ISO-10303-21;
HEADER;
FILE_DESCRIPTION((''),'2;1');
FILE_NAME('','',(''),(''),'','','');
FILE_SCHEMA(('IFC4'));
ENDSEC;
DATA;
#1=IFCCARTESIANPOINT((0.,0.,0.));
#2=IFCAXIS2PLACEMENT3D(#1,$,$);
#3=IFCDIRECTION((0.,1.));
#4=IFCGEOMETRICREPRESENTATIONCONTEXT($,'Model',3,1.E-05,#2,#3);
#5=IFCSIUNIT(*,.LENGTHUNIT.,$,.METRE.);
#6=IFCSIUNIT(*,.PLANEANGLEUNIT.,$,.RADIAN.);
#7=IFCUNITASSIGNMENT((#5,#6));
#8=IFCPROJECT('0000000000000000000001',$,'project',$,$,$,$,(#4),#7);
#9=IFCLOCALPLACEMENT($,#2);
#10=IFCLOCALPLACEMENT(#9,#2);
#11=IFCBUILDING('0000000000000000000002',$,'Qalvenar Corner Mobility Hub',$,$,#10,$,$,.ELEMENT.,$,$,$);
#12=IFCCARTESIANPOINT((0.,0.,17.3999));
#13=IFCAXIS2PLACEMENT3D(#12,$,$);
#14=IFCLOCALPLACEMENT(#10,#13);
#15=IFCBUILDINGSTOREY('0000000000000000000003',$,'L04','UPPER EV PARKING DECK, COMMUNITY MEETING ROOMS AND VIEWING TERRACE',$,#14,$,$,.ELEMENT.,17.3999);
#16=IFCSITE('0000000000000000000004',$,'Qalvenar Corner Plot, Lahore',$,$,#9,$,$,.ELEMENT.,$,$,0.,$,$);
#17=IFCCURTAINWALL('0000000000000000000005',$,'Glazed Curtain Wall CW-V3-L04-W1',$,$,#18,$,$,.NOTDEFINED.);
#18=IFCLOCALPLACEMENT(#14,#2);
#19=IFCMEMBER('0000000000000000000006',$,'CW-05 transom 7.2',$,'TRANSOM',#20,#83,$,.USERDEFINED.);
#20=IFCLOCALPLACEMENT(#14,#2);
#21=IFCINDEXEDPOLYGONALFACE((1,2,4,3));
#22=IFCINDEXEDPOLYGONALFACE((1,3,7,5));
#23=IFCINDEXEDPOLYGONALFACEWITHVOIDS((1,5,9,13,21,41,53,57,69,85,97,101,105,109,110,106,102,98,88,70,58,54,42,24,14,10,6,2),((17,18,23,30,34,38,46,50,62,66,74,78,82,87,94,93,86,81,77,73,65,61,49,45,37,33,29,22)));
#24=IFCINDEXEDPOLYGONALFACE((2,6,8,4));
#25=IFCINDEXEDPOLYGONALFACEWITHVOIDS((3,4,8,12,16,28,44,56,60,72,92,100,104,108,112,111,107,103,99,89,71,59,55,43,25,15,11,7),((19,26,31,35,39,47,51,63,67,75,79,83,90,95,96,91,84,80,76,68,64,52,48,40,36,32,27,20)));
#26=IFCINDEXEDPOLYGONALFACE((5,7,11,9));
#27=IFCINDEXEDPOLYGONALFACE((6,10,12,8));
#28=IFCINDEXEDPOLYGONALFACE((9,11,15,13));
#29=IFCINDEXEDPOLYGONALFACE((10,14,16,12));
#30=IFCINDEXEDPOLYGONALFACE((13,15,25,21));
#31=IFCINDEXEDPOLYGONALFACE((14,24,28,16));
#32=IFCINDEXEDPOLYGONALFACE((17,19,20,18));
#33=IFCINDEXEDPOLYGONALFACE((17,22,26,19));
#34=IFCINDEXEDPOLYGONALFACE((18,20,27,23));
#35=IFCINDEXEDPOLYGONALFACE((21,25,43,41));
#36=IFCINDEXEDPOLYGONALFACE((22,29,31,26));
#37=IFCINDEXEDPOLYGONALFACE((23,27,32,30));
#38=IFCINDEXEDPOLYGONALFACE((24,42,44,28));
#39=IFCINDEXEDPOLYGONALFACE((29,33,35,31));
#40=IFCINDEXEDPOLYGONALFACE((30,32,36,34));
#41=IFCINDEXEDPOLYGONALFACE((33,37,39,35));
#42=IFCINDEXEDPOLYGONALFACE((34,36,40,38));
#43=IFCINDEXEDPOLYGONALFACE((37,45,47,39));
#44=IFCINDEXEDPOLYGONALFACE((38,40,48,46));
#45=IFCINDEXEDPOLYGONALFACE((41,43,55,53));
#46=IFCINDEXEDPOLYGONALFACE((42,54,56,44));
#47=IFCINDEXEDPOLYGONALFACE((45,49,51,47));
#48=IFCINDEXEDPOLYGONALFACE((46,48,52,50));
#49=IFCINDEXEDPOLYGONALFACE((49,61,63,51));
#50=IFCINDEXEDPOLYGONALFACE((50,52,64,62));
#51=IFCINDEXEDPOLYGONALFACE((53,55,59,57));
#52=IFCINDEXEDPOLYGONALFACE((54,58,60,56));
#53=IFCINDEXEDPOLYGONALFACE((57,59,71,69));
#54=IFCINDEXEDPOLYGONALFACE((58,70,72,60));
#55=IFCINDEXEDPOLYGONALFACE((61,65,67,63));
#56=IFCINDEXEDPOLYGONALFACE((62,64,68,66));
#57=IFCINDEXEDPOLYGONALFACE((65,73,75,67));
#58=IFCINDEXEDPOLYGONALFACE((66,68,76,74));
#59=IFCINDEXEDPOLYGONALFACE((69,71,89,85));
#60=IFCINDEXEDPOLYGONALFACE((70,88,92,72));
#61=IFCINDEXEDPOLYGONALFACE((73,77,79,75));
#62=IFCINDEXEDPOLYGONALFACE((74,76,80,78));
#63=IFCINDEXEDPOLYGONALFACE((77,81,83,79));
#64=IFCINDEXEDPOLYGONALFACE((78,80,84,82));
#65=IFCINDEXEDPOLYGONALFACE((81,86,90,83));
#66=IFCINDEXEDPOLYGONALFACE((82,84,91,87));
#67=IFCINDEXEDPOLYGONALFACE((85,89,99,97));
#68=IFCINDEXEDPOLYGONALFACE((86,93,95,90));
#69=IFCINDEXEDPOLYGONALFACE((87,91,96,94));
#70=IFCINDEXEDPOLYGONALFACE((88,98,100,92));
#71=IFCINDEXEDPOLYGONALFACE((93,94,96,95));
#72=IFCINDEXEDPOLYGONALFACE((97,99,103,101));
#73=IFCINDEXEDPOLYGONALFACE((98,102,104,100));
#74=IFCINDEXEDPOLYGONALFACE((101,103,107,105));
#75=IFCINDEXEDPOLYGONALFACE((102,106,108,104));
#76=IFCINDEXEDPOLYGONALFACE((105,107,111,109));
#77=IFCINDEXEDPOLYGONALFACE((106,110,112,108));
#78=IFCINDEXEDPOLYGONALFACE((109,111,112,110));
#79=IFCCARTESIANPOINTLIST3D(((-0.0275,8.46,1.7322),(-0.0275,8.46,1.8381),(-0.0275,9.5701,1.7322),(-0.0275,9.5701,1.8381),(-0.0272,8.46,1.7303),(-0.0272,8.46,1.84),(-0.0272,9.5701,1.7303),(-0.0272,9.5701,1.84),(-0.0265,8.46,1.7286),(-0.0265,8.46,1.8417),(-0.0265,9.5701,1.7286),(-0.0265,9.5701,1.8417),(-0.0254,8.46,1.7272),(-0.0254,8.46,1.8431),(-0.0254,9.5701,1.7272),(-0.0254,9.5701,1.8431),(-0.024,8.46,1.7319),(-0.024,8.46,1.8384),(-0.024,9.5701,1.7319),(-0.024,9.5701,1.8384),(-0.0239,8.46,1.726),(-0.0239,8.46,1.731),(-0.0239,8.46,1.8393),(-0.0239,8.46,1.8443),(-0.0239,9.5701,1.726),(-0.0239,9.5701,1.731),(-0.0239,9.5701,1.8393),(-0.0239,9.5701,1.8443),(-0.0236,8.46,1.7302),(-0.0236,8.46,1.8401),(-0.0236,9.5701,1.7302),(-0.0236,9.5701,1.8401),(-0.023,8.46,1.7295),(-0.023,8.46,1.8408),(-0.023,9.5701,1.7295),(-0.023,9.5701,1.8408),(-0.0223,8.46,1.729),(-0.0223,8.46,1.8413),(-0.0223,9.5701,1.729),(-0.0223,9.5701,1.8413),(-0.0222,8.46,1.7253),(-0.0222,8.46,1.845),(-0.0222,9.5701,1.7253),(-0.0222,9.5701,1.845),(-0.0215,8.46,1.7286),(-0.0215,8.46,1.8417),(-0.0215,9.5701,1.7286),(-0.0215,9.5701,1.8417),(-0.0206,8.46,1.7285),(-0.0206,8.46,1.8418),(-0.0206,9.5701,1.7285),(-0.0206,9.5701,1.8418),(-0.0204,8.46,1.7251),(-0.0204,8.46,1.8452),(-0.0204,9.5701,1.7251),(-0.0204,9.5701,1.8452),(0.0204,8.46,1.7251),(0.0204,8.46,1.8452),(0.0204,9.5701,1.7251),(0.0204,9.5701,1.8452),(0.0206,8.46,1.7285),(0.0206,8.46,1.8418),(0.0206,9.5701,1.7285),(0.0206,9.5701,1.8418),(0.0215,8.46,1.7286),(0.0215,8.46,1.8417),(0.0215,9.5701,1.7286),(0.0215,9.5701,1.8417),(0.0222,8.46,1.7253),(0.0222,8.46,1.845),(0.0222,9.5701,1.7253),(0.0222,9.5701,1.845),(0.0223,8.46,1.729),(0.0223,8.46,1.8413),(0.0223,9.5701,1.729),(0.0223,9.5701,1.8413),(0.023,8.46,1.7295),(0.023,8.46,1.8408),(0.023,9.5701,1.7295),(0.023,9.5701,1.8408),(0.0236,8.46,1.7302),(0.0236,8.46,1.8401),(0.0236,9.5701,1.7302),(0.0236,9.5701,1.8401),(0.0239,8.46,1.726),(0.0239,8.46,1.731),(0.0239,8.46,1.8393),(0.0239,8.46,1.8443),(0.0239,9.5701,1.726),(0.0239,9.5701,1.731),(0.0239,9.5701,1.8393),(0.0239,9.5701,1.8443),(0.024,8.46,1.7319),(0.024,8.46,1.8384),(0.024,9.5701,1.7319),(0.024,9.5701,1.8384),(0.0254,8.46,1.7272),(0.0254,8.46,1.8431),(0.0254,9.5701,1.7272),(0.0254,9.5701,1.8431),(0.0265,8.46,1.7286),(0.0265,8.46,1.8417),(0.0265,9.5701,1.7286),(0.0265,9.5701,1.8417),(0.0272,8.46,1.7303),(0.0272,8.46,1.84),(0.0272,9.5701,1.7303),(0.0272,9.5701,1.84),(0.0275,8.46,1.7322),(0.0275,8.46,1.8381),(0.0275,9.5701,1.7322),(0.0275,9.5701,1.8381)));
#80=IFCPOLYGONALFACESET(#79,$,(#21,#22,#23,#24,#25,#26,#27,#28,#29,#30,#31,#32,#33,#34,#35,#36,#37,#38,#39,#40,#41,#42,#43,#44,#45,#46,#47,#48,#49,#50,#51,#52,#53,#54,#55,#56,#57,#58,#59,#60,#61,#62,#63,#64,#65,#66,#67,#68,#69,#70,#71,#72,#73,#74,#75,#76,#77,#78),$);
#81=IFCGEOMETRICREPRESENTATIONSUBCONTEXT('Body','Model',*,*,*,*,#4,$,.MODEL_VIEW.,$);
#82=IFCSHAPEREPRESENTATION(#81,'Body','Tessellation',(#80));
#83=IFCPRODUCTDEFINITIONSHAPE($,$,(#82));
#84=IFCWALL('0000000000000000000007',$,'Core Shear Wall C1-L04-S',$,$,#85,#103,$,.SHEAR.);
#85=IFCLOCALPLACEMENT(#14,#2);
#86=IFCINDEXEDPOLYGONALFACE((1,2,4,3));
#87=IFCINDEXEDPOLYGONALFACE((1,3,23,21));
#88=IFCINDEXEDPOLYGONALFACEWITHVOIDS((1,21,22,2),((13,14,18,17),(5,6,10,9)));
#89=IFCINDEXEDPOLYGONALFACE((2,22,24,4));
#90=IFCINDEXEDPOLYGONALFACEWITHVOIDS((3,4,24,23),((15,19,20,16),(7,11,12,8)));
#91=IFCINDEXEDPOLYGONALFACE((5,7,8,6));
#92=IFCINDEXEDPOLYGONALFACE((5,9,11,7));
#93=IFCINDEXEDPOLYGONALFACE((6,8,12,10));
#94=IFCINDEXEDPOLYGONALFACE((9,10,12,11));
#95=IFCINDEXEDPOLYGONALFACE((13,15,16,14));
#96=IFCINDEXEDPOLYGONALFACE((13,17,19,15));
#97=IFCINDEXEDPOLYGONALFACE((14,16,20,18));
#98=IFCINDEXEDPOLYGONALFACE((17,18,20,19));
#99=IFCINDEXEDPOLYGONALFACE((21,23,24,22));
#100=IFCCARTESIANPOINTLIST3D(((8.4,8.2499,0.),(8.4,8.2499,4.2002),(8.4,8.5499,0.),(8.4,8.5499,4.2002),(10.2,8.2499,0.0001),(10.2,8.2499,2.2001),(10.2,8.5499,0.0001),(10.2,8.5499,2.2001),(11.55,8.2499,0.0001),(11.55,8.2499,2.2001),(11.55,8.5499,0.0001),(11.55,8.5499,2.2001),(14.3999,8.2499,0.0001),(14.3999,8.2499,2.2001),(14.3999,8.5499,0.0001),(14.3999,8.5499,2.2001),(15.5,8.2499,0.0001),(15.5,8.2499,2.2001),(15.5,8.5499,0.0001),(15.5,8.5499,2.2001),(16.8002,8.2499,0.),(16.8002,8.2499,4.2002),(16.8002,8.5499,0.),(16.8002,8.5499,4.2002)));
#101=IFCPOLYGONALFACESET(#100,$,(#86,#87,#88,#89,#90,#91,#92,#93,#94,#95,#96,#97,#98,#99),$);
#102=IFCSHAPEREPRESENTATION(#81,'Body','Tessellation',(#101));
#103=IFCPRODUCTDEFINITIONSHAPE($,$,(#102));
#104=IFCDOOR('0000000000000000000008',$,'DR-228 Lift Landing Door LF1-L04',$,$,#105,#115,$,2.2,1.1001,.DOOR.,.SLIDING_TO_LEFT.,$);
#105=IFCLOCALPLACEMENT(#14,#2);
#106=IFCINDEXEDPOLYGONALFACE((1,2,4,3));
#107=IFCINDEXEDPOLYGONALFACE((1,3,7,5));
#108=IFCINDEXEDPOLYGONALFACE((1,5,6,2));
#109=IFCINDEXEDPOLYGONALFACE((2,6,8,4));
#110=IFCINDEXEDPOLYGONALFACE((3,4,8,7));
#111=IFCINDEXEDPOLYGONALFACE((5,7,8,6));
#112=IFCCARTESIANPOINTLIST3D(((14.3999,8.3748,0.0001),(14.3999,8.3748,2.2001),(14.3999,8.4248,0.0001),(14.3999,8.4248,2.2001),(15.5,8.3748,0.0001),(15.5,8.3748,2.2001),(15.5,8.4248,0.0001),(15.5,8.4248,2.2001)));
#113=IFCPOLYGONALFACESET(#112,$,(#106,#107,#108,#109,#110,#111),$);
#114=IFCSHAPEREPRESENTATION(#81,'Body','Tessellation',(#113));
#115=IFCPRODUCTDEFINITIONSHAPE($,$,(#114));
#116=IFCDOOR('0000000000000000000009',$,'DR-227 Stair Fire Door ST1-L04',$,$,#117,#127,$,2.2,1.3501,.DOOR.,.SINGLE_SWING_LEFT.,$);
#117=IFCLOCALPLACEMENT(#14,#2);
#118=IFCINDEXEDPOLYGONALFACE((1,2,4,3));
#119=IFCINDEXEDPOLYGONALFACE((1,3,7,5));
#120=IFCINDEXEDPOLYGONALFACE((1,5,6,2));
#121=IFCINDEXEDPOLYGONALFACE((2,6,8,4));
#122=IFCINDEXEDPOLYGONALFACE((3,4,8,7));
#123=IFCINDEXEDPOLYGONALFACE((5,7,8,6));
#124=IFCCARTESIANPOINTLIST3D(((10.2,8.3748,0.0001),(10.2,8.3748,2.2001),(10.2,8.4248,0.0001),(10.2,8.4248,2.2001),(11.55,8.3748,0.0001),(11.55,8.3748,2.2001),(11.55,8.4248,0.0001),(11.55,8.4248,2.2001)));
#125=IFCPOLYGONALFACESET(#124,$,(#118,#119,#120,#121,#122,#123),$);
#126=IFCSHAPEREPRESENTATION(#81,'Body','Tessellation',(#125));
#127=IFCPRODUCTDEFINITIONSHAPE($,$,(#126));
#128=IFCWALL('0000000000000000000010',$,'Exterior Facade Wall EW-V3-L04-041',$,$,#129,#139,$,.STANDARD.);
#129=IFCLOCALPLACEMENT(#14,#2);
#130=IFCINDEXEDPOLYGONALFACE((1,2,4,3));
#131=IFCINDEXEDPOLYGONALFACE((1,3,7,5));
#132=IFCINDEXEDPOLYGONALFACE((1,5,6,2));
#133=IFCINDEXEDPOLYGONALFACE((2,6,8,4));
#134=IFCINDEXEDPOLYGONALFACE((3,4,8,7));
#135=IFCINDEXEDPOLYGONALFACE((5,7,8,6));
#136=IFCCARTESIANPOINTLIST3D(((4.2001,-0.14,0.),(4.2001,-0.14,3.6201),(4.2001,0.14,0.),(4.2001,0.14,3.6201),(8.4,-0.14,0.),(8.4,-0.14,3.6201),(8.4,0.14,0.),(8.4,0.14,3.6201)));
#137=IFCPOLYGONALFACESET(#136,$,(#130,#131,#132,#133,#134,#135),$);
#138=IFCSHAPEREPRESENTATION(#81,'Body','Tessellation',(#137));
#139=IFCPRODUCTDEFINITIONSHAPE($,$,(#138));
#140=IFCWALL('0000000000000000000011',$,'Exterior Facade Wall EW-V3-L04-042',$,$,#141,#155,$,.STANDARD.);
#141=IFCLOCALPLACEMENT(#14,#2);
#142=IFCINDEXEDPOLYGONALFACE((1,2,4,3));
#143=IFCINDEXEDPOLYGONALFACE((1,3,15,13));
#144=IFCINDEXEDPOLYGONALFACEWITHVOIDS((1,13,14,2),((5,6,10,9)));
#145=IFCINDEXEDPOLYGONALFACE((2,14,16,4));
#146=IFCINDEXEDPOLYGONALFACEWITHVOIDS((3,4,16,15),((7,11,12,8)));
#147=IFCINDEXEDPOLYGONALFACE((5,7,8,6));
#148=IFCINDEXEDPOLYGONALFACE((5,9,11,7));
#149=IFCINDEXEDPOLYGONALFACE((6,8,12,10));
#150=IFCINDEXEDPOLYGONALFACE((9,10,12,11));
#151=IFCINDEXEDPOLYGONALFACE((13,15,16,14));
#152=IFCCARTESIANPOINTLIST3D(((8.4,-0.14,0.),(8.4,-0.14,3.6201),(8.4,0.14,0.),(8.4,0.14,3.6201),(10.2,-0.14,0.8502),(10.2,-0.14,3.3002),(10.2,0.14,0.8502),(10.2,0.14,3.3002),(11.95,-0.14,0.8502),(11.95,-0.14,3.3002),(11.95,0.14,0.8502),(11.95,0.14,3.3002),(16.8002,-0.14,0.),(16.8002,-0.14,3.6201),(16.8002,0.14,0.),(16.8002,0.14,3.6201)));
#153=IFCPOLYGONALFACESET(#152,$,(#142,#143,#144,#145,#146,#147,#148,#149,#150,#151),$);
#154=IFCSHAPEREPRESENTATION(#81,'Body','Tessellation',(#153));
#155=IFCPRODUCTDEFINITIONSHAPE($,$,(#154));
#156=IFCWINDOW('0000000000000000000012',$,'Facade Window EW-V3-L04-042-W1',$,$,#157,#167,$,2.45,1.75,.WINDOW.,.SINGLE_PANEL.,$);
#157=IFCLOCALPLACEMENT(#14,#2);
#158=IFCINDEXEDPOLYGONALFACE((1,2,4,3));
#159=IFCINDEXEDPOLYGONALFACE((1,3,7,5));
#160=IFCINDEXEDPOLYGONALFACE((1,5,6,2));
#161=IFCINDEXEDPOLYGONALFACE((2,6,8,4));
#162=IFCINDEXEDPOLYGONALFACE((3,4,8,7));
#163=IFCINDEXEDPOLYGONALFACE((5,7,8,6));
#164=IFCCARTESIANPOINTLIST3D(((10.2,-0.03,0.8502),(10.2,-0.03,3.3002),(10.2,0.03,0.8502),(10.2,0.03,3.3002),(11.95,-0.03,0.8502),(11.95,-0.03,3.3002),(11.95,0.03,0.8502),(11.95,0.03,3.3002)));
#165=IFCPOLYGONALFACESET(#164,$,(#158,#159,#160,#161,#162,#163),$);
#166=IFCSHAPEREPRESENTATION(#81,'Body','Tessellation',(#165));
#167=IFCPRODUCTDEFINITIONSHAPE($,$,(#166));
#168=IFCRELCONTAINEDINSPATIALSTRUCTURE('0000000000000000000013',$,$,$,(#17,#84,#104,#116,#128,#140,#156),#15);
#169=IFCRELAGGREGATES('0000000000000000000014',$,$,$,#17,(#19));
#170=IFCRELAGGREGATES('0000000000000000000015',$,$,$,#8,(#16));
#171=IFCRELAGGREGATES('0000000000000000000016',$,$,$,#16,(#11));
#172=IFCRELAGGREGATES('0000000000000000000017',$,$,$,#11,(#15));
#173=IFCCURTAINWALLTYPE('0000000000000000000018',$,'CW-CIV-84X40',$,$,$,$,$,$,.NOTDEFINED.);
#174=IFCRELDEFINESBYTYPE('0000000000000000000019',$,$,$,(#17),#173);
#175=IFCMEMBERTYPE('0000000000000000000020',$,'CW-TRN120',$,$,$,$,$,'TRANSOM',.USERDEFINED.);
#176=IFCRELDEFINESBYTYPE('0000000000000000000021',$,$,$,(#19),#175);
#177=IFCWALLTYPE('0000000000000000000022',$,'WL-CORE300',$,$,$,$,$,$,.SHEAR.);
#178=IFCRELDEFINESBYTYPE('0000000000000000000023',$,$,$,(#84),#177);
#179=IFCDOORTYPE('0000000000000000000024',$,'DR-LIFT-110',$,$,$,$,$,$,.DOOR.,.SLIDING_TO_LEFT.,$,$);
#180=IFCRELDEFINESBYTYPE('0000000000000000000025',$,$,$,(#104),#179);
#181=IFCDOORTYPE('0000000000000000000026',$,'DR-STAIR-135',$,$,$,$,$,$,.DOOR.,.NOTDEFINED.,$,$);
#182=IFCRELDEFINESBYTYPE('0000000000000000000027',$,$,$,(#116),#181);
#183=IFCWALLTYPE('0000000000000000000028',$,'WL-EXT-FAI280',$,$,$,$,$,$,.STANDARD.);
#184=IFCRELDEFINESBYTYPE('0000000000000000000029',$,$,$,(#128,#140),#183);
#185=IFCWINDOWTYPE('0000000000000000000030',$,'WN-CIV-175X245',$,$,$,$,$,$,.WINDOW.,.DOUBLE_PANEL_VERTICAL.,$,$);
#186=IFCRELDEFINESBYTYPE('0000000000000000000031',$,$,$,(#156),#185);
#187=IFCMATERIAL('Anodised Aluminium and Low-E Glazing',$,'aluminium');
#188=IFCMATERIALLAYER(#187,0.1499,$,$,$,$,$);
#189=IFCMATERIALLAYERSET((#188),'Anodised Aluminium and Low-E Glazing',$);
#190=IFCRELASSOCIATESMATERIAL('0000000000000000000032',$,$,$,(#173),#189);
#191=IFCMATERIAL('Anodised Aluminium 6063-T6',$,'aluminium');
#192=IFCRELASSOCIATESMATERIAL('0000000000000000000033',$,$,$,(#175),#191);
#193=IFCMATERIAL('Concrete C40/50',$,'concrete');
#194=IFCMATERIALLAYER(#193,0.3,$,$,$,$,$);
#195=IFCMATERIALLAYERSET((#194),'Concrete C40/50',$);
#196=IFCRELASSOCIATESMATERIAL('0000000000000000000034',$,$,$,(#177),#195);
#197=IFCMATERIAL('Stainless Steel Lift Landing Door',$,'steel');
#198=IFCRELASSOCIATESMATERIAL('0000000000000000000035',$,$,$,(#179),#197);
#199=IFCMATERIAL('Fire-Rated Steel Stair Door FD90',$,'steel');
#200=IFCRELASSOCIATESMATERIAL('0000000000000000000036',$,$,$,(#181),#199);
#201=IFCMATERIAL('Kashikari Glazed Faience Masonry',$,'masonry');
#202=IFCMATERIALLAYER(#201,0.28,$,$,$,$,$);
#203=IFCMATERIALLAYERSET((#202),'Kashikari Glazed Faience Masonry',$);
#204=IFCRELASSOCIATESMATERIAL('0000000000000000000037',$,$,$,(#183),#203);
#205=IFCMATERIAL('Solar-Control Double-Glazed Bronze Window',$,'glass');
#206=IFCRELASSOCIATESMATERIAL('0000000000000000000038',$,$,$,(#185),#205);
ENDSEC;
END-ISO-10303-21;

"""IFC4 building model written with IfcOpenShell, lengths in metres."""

from ifc_helpers import new_model, si_unit, direction, frame, frame_2d, origin, origin_2d, place, context, subcontext, project, spatial, rectangle, hollow_rectangle, extrude, material, layer, layer_set, material_profile, profile_set, type_object, element, fill, aggregate, save


model = new_model("IFC4")

# Units and contexts
model_context = context("Model", 3, precision=1e-05, world=origin(), true_north=direction((0.0, 1.0)))
body_context = subcontext(model_context, "Body", "Model", "MODEL_VIEW")
ifc_project = project(units=[si_unit("LENGTHUNIT", "METRE"), si_unit("PLANEANGLEUNIT", "RADIAN")], contexts=[model_context])

# Site, building, storey
site_placement = place(None, origin())
site = spatial("IfcSite", under=ifc_project, at=site_placement, Name="Qalvenar Corner Plot, Lahore", CompositionType="ELEMENT", RefElevation=0.0)
building_placement = place(site_placement, origin())
building = spatial("IfcBuilding", under=site, at=building_placement, Name="Qalvenar Corner Mobility Hub", CompositionType="ELEMENT")
storey_placement = place(building_placement, frame((0.0, 0.0, 17.3999)))
storey = spatial("IfcBuildingStorey", under=building, at=storey_placement, Name="L04", Description="UPPER EV PARKING DECK, COMMUNITY MEETING ROOMS AND VIEWING TERRACE", CompositionType="ELEMENT", Elevation=17.3999)

# Curtain wall, member
ifc_material_1 = material(Name="Anodised Aluminium and Low-E Glazing", Category="aluminium")
ifc_layer_1 = layer(ifc_material_1, 0.1499)
ifc_layer_set_1 = layer_set([ifc_layer_1], Name="Anodised Aluminium and Low-E Glazing")
curtain_wall_type = type_object("IfcCurtainWallType", Name="CW-CIV-84X40", PredefinedType="NOTDEFINED", material=ifc_layer_set_1)
curtain_wall_placement = place(storey_placement, origin())
curtain_wall = element("IfcCurtainWall", 1, at=curtain_wall_placement, inside=storey, type_object=curtain_wall_type, Name="Glazed Curtain Wall CW-V3-L04-W1", PredefinedType="NOTDEFINED")
ifc_material_2 = material(Name="Anodised Aluminium 6063-T6", Category="aluminium")
ifc_material_profile_1 = material_profile(ifc_material_2, hollow_rectangle(XDim=0.0549, YDim=0.1201, WallThickness=0.0034, InnerFilletRadius=0.0034, OuterFilletRadius=0.0071, at=origin_2d()), Name="RHS120x55x3.5")
ifc_profile_set_1 = profile_set([ifc_material_profile_1], Name="Anodised Aluminium 6063-T6")
member_type = type_object("IfcMemberType", Name="CW-TRN120", ElementType="TRANSOM", PredefinedType="USERDEFINED", material=ifc_profile_set_1)
member_placement = place(storey_placement, frame((0.0, 9.5701, 1.7852), z_axis=(0.0, -1.0, 0.0), x_axis=(1.0, 0.0, 0.0)))
member = element("IfcMember", 2, at=member_placement, type_object=member_type, Name="CW-05 transom 7.2", ObjectType="TRANSOM", PredefinedType="USERDEFINED", context=body_context, shape_type="SweptSolid", body=[
    extrude(hollow_rectangle(XDim=0.0549, YDim=0.1201, WallThickness=0.0034, InnerFilletRadius=0.0034, OuterFilletRadius=0.0071, at=origin_2d()), origin(), (0.0, 0.0, 1.0), 1.1101),
])
aggregate(curtain_wall, [member])

# Wall, openings, doors
ifc_material_3 = material(Name="Concrete C40/50", Category="concrete")
ifc_layer_2 = layer(ifc_material_3, 0.3)
ifc_layer_set_2 = layer_set([ifc_layer_2], Name="Concrete C40/50")
wall_type_1 = type_object("IfcWallType", Name="WL-CORE300", PredefinedType="SHEAR", material=ifc_layer_set_2)
wall_1_placement = place(storey_placement, frame((8.3999, 8.3999, 0.0), z_axis=(0.0, 0.0, 1.0), x_axis=(1.0, 0.0, 0.0)))
wall_1 = element("IfcWall", 3, at=wall_1_placement, inside=storey, type_object=wall_type_1, Name="Core Shear Wall C1-L04-S", PredefinedType="SHEAR", context=body_context, shape_type="SweptSolid", body=[
    extrude(rectangle(XDim=8.4001, YDim=0.3, at=frame_2d((4.2002, 0.0))), origin(), (0.0, 0.0, 1.0), 4.2002),
])
opening_1_placement = place(wall_1_placement, frame((1.8, 0.0, 0.0)))
opening_1 = element("IfcOpeningElement", 4, at=opening_1_placement, cuts=wall_1, PredefinedType="OPENING", context=body_context, shape_type="SweptSolid", body=[
    extrude(rectangle(XDim=1.3501, YDim=2.2, at=frame_2d((0.675, 1.1001))), frame((0.0, 0.1602, 0.0), z_axis=(0.0, -1.0, 0.0), x_axis=(1.0, 0.0, 0.0)), (0.0, 0.0, 1.0), 0.3201),
])
opening_2_placement = place(wall_1_placement, frame((6.0, 0.0, 0.0)))
opening_2 = element("IfcOpeningElement", 5, at=opening_2_placement, cuts=wall_1, PredefinedType="OPENING", context=body_context, shape_type="SweptSolid", body=[
    extrude(rectangle(XDim=1.1001, YDim=2.2, at=frame_2d((0.55, 1.1001))), frame((0.0, 0.1602, 0.0), z_axis=(0.0, -1.0, 0.0), x_axis=(1.0, 0.0, 0.0)), (0.0, 0.0, 1.0), 0.3201),
])
ifc_material_4 = material(Name="Stainless Steel Lift Landing Door", Category="steel")
door_type_1 = type_object("IfcDoorType", Name="DR-LIFT-110", OperationType="SLIDING_TO_LEFT", PredefinedType="DOOR", material=ifc_material_4)
door_1_placement = place(opening_2_placement, origin())
door_1 = element("IfcDoor", 6, at=door_1_placement, inside=storey, type_object=door_type_1, Name="DR-228 Lift Landing Door LF1-L04", OperationType="SLIDING_TO_LEFT", OverallHeight=2.2, OverallWidth=1.1001, PredefinedType="DOOR", context=body_context, shape_type="SweptSolid", body=[
    extrude(rectangle(XDim=1.1001, YDim=2.2, at=frame_2d((0.55, 1.1001))), frame((0.0, 0.0249, 0.0), z_axis=(0.0, -1.0, 0.0), x_axis=(1.0, 0.0, 0.0)), (0.0, 0.0, 1.0), 0.05),
])
fill(opening_2, door_1)
ifc_material_5 = material(Name="Fire-Rated Steel Stair Door FD90", Category="steel")
door_type_2 = type_object("IfcDoorType", Name="DR-STAIR-135", OperationType="NOTDEFINED", PredefinedType="DOOR", material=ifc_material_5)
door_2_placement = place(opening_1_placement, origin())
door_2 = element("IfcDoor", 7, at=door_2_placement, inside=storey, type_object=door_type_2, Name="DR-227 Stair Fire Door ST1-L04", OperationType="SINGLE_SWING_LEFT", OverallHeight=2.2, OverallWidth=1.3501, PredefinedType="DOOR", context=body_context, shape_type="SweptSolid", body=[
    extrude(rectangle(XDim=1.3501, YDim=2.2, at=frame_2d((0.675, 1.1001))), frame((0.0, 0.0249, 0.0), z_axis=(0.0, -1.0, 0.0), x_axis=(1.0, 0.0, 0.0)), (0.0, 0.0, 1.0), 0.05),
])
fill(opening_1, door_2)

# Wall
ifc_material_6 = material(Name="Kashikari Glazed Faience Masonry", Category="masonry")
ifc_layer_3 = layer(ifc_material_6, 0.28)
ifc_layer_set_3 = layer_set([ifc_layer_3], Name="Kashikari Glazed Faience Masonry")
wall_type_2 = type_object("IfcWallType", Name="WL-EXT-FAI280", PredefinedType="STANDARD", material=ifc_layer_set_3)
wall_2_placement = place(storey_placement, frame((4.2, 0.0, 0.0), z_axis=(0.0, 0.0, 1.0), x_axis=(1.0, 0.0, 0.0)))
element("IfcWall", 8, at=wall_2_placement, inside=storey, type_object=wall_type_2, Name="Exterior Facade Wall EW-V3-L04-041", PredefinedType="STANDARD", context=body_context, shape_type="SweptSolid", body=[
    extrude(rectangle(XDim=4.2, YDim=0.28, at=frame_2d((2.1001, 0.0))), origin(), (0.0, 0.0, 1.0), 3.6201),
])

# Wall, opening, window
wall_3_placement = place(storey_placement, frame((8.3999, 0.0, 0.0), z_axis=(0.0, 0.0, 1.0), x_axis=(1.0, 0.0, 0.0)))
wall_3 = element("IfcWall", 9, at=wall_3_placement, inside=storey, type_object=wall_type_2, Name="Exterior Facade Wall EW-V3-L04-042", PredefinedType="STANDARD", context=body_context, shape_type="SweptSolid", body=[
    extrude(rectangle(XDim=8.4001, YDim=0.28, at=frame_2d((4.2002, 0.0))), origin(), (0.0, 0.0, 1.0), 3.6201),
])
opening_3_placement = place(wall_3_placement, frame((1.8, 0.0, 0.8501)))
opening_3 = element("IfcOpeningElement", 10, at=opening_3_placement, cuts=wall_3, PredefinedType="OPENING", context=body_context, shape_type="SweptSolid", body=[
    extrude(rectangle(XDim=1.75, YDim=2.45, at=frame_2d((0.875, 1.2251))), frame((0.0, 0.1499, 0.0), z_axis=(0.0, -1.0, 0.0), x_axis=(1.0, 0.0, 0.0)), (0.0, 0.0, 1.0), 0.3),
])
ifc_material_7 = material(Name="Solar-Control Double-Glazed Bronze Window", Category="glass")
window_type = type_object("IfcWindowType", Name="WN-CIV-175X245", PartitioningType="DOUBLE_PANEL_VERTICAL", PredefinedType="WINDOW", material=ifc_material_7)
window_placement = place(opening_3_placement, origin())
window = element("IfcWindow", 11, at=window_placement, inside=storey, type_object=window_type, Name="Facade Window EW-V3-L04-042-W1", OverallHeight=2.45, OverallWidth=1.75, PartitioningType="SINGLE_PANEL", PredefinedType="WINDOW", context=body_context, shape_type="SweptSolid", body=[
    extrude(rectangle(XDim=1.75, YDim=2.45, at=frame_2d((0.875, 1.2251))), frame((0.0, 0.03, 0.0), z_axis=(0.0, -1.0, 0.0), x_axis=(1.0, 0.0, 0.0)), (0.0, 0.0, 1.0), 0.0601),
])
fill(opening_3, window)

save(model, "model.ifc")
